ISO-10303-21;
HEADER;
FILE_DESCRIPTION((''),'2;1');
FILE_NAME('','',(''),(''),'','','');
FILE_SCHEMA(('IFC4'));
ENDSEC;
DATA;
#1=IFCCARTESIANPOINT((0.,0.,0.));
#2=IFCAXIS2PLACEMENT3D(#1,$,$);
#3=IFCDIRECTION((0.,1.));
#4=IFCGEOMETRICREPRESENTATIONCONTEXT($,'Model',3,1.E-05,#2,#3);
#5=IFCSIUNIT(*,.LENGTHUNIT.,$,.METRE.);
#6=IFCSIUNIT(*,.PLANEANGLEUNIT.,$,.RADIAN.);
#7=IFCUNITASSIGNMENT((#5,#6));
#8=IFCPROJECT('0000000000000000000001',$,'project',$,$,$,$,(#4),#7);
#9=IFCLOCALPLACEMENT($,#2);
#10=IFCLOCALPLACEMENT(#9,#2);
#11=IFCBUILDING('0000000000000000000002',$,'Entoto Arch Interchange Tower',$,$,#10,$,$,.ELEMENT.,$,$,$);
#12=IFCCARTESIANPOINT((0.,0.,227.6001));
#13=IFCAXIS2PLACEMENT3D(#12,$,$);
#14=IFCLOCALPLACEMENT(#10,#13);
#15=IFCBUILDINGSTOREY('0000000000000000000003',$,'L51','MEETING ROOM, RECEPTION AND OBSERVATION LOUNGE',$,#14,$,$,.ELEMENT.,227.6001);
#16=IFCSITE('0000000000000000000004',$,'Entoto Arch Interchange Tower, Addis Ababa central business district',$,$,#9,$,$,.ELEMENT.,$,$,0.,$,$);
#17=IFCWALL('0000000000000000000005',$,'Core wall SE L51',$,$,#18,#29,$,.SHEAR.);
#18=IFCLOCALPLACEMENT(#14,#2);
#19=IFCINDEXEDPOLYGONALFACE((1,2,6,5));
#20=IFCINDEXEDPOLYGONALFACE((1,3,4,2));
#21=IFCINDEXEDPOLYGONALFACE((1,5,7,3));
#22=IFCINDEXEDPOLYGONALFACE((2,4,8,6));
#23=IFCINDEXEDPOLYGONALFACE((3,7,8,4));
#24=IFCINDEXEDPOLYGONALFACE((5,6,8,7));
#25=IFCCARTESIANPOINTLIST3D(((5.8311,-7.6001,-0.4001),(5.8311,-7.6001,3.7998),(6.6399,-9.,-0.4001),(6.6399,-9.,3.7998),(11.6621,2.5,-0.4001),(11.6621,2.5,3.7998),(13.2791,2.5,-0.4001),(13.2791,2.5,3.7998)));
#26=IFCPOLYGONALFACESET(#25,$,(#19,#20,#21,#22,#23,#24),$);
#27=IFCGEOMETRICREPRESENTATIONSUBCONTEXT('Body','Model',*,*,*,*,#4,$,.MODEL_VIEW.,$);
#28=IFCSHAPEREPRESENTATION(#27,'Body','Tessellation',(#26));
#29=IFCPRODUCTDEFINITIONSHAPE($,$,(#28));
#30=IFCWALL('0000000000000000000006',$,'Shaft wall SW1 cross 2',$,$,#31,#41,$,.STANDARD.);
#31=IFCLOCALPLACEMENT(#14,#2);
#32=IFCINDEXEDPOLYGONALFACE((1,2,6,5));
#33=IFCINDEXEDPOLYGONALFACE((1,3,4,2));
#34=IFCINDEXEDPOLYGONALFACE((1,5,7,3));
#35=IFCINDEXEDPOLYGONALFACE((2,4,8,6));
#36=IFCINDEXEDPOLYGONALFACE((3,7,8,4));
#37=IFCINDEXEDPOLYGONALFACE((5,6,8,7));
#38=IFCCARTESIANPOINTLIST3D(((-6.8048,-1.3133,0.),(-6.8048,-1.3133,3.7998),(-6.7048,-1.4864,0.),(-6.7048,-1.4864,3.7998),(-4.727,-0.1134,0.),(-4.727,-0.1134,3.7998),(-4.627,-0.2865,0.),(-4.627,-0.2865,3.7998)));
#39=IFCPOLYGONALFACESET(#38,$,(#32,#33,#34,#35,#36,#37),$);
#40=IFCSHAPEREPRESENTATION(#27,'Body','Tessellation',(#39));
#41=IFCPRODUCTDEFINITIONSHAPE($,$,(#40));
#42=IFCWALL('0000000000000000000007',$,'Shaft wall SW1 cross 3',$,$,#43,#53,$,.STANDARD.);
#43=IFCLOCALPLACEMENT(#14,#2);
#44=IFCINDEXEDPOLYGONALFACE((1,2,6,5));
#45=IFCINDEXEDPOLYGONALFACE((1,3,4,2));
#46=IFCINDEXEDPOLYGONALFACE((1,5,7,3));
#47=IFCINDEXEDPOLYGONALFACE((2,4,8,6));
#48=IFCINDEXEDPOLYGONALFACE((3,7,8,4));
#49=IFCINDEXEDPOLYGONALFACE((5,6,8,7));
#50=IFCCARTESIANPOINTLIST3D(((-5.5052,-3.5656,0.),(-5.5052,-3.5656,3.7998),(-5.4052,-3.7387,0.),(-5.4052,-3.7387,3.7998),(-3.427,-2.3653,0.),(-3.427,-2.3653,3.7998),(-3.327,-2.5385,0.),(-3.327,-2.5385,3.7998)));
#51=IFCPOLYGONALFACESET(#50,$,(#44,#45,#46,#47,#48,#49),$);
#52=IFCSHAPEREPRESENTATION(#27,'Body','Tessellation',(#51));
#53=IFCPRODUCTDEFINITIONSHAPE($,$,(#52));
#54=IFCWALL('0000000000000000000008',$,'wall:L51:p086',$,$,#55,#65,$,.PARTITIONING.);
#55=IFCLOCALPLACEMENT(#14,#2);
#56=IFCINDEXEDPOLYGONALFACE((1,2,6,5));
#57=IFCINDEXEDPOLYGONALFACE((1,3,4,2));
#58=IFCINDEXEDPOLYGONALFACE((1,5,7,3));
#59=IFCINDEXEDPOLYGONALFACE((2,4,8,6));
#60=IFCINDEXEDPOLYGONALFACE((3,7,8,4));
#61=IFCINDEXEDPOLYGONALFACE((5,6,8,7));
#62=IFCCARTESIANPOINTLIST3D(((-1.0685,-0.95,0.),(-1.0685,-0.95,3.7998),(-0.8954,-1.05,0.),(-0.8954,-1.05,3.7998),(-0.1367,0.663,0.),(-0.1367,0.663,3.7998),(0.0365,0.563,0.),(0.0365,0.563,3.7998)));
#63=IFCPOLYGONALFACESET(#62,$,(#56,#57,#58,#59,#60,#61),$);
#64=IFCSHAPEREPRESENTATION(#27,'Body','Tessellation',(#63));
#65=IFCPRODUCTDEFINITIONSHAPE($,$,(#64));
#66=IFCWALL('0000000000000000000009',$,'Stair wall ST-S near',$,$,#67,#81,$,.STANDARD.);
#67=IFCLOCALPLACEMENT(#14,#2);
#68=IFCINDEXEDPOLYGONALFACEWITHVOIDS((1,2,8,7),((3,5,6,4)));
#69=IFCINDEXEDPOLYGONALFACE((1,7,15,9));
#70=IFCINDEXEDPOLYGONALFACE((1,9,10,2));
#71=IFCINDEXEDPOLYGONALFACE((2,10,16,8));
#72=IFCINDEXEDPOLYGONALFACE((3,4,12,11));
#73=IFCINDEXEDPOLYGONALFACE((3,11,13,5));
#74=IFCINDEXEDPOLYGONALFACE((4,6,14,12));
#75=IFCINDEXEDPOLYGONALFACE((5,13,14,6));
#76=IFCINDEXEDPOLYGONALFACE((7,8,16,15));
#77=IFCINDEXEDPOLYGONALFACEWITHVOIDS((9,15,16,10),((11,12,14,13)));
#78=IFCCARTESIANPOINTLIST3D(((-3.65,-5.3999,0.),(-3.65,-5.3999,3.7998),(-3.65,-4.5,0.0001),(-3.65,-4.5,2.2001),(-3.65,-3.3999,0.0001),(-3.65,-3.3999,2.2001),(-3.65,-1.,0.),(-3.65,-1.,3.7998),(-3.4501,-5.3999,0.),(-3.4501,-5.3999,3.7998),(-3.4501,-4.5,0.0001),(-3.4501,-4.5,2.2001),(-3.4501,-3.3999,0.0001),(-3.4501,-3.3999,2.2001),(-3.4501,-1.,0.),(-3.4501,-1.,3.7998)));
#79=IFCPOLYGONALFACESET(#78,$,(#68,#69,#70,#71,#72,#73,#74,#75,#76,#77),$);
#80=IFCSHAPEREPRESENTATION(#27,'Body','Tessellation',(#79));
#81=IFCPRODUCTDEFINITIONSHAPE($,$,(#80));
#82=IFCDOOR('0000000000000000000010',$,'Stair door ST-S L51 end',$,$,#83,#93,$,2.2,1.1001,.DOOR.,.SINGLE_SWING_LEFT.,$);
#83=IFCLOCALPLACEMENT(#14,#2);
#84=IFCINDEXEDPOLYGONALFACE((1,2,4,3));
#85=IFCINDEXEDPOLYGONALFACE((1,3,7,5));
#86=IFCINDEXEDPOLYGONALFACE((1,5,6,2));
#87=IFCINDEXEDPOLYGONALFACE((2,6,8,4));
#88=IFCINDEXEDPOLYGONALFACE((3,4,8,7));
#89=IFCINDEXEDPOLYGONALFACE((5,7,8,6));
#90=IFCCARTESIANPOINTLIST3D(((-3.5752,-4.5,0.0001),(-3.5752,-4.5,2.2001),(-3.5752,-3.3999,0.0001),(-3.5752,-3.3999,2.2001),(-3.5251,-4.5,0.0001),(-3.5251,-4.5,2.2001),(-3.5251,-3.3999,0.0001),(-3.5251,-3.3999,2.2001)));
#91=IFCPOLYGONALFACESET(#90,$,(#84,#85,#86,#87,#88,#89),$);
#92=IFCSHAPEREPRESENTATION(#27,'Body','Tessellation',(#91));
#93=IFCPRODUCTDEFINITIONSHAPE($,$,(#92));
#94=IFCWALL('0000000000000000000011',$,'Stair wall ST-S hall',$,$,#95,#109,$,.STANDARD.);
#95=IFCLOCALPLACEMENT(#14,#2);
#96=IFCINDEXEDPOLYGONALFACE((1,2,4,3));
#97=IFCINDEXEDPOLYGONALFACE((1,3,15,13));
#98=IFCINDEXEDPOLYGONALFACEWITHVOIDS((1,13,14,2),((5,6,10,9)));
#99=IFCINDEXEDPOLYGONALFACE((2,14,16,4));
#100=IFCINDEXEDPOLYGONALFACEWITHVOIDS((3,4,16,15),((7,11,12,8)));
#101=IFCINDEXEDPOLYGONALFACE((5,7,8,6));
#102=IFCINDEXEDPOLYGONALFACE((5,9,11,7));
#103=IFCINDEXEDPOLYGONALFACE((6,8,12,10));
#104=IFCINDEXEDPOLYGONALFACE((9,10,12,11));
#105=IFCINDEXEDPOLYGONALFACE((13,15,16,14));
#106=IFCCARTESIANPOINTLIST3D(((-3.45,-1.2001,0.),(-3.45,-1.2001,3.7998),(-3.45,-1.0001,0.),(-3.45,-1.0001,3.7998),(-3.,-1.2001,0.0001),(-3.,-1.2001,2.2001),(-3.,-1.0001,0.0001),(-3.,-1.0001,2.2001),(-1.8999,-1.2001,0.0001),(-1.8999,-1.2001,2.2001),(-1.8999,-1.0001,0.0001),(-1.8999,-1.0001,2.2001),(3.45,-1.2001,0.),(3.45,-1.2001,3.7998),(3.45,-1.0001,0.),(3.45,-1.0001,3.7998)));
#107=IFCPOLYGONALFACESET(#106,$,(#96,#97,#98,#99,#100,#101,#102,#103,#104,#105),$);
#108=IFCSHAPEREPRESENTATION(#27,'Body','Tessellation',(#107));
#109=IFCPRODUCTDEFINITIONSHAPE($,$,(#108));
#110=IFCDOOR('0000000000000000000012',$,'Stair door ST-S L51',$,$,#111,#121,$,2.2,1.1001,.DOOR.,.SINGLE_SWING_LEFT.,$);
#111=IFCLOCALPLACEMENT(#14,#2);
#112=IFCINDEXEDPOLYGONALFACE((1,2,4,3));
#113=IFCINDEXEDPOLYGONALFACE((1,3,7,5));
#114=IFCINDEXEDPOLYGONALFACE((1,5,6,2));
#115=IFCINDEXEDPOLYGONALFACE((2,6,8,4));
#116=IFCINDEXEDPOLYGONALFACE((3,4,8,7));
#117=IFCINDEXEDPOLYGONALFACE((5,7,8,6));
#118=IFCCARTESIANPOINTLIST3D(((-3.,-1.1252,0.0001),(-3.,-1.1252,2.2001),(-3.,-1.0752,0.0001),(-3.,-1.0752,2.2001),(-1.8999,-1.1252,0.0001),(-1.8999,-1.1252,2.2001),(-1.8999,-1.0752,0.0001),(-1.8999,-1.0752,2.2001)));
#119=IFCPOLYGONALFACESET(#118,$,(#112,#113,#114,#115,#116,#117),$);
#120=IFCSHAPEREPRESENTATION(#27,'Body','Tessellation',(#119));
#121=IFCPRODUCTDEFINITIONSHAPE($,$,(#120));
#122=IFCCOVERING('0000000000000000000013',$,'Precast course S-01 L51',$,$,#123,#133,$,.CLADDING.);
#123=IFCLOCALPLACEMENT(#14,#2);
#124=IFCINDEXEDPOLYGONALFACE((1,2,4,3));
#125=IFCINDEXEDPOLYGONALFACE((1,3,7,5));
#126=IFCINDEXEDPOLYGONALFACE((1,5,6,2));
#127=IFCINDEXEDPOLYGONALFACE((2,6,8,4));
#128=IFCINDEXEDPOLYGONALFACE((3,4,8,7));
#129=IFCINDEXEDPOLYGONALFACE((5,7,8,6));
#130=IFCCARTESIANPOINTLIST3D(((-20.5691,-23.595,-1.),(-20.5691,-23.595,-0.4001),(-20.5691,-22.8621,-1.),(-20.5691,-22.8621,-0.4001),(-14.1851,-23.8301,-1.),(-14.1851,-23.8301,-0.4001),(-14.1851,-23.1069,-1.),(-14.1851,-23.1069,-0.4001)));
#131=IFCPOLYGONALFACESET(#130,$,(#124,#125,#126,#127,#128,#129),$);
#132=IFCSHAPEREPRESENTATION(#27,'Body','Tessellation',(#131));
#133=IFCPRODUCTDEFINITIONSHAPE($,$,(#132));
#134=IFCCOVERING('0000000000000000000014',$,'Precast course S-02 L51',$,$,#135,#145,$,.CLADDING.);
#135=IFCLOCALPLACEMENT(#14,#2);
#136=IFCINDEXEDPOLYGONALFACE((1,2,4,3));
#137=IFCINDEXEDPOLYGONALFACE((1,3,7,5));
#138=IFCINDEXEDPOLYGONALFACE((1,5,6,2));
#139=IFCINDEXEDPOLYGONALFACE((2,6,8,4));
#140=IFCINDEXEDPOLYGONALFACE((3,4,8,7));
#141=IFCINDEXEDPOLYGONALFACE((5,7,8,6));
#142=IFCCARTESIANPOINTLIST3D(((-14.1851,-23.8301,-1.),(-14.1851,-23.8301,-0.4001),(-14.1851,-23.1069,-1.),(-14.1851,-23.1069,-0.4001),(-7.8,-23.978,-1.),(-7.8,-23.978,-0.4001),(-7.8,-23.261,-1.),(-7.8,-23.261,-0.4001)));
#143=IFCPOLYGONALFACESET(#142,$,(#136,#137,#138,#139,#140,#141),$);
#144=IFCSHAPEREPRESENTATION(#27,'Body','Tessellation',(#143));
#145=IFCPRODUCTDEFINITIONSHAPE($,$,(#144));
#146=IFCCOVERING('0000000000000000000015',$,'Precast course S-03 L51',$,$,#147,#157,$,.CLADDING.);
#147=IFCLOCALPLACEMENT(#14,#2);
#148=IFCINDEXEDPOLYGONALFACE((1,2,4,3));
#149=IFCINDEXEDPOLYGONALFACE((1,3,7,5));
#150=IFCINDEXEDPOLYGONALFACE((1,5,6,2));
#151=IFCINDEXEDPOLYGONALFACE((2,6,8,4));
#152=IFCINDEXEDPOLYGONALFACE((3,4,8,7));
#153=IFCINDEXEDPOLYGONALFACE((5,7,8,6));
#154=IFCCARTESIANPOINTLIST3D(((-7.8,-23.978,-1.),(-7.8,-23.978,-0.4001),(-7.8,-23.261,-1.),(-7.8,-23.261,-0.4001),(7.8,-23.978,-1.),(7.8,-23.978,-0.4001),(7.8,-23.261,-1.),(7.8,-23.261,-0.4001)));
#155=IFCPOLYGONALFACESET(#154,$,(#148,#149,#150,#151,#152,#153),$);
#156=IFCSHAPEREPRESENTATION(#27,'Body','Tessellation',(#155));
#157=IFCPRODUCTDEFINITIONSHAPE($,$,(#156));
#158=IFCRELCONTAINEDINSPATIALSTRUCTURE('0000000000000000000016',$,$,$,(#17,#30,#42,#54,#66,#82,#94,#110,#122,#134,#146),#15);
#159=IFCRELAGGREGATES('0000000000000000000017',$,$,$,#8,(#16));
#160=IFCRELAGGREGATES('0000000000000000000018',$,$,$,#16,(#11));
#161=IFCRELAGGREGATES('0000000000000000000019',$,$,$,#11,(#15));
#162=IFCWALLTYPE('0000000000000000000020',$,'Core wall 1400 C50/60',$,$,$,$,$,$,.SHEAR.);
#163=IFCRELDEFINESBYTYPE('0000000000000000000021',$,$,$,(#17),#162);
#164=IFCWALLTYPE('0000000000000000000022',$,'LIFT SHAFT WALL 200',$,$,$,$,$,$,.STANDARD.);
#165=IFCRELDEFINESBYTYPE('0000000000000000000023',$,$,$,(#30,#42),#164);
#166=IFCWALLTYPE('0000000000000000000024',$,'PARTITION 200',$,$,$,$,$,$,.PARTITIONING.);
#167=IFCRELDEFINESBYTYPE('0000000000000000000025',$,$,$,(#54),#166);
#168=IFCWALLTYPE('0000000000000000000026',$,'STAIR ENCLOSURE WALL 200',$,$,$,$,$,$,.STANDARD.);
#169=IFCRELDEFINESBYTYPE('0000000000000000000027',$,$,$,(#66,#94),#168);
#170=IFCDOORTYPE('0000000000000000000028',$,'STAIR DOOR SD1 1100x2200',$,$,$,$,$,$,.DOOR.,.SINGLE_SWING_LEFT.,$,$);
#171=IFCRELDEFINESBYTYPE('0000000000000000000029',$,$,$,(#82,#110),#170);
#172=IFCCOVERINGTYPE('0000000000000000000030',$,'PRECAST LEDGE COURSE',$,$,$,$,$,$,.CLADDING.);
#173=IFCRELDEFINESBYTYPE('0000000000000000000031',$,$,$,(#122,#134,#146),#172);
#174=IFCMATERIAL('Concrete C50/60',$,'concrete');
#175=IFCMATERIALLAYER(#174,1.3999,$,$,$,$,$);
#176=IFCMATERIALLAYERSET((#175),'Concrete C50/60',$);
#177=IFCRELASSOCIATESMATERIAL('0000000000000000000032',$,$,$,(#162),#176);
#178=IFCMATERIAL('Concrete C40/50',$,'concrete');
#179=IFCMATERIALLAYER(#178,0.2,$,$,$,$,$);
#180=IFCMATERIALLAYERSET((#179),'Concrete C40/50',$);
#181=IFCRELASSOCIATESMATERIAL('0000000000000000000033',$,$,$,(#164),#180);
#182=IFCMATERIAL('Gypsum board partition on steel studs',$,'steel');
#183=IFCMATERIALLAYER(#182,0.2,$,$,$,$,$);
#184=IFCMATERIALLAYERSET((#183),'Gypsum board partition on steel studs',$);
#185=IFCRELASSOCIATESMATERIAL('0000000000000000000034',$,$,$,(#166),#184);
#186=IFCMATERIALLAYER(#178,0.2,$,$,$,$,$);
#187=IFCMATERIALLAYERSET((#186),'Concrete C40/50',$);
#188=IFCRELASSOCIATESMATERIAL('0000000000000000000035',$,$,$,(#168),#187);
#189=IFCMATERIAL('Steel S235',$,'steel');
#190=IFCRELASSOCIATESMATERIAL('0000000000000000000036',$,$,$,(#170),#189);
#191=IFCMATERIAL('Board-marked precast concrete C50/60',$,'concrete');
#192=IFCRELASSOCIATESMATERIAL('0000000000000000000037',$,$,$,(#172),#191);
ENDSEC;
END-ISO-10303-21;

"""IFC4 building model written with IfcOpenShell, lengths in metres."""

from ifc_helpers import new_model, si_unit, direction, frame, frame_2d, origin, place, context, subcontext, project, spatial, polyline, rectangle, outline, extrude, material, layer, layer_set, type_object, element, fill, save


model = new_model("IFC4")

# Units and contexts
model_context = context("Model", 3, precision=1e-05, world=origin(), true_north=direction((0.0, 1.0)))
body_context = subcontext(model_context, "Body", "Model", "MODEL_VIEW")
ifc_project = project(units=[si_unit("LENGTHUNIT", "METRE"), si_unit("PLANEANGLEUNIT", "RADIAN")], contexts=[model_context])

# Site, building, storey
site_placement = place(None, origin())
site = spatial("IfcSite", under=ifc_project, at=site_placement, Name="Entoto Arch Interchange Tower, Addis Ababa central business district", CompositionType="ELEMENT", RefElevation=0.0)
building_placement = place(site_placement, origin())
building = spatial("IfcBuilding", under=site, at=building_placement, Name="Entoto Arch Interchange Tower", CompositionType="ELEMENT")
storey_placement = place(building_placement, frame((0.0, 0.0, 227.6001)))
storey = spatial("IfcBuildingStorey", under=building, at=storey_placement, Name="L51", Description="MEETING ROOM, RECEPTION AND OBSERVATION LOUNGE", CompositionType="ELEMENT", Elevation=227.6001)

# Shared definitions
ifc_material_1 = material(Name="Concrete C40/50", Category="concrete")

# Walls
ifc_material_2 = material(Name="Concrete C50/60", Category="concrete")
ifc_layer_1 = layer(ifc_material_2, 1.3999)
ifc_layer_set_1 = layer_set([ifc_layer_1], Name="Concrete C50/60")
wall_type_1 = type_object("IfcWallType", Name="Core wall 1400 C50/60", PredefinedType="SHEAR", material=ifc_layer_set_1)
wall_1_placement = place(storey_placement, frame((0.0, 0.0, -0.4001)))
element("IfcWall", 1, at=wall_1_placement, inside=storey, type_object=wall_type_1, Name="Core wall SE L51", PredefinedType="SHEAR", context=body_context, shape_type="SweptSolid", body=[
    extrude(outline(polyline([(6.6399, -9.0), (13.2791, 2.5), (11.6621, 2.5), (5.8311, -7.6001), (6.6399, -9.0)])), origin(), (0.0, 0.0, 1.0), 4.2),
])
ifc_layer_2 = layer(ifc_material_1, 0.2)
ifc_layer_set_2 = layer_set([ifc_layer_2], Name="Concrete C40/50")
wall_type_2 = type_object("IfcWallType", Name="LIFT SHAFT WALL 200", PredefinedType="STANDARD", material=ifc_layer_set_2)
wall_2_placement = place(storey_placement, frame((-4.677, -0.2, 0.0), z_axis=(0.0, 0.0, 1.0), x_axis=(-0.865974, -0.500089, 0.0)))
element("IfcWall", 2, at=wall_2_placement, inside=storey, type_object=wall_type_2, Name="Shaft wall SW1 cross 2", PredefinedType="STANDARD", context=body_context, shape_type="SweptSolid", body=[
    extrude(rectangle(XDim=2.3994, YDim=0.2, at=frame_2d((1.1997, 0.0))), origin(), (0.0, 0.0, 1.0), 3.7998),
])
wall_3_placement = place(storey_placement, frame((-3.377, -2.4519, 0.0), z_axis=(0.0, 0.0, 1.0), x_axis=(-0.865955, -0.500122, 0.0)))
element("IfcWall", 3, at=wall_3_placement, inside=storey, type_object=wall_type_2, Name="Shaft wall SW1 cross 3", PredefinedType="STANDARD", context=body_context, shape_type="SweptSolid", body=[
    extrude(rectangle(XDim=2.3999, YDim=0.2, at=frame_2d((1.2, 0.0))), origin(), (0.0, 0.0, 1.0), 3.7998),
])
ifc_material_3 = material(Name="Gypsum board partition on steel studs", Category="steel")
ifc_layer_3 = layer(ifc_material_3, 0.2)
ifc_layer_set_3 = layer_set([ifc_layer_3], Name="Gypsum board partition on steel studs")
wall_type_3 = type_object("IfcWallType", Name="PARTITION 200", PredefinedType="PARTITIONING", material=ifc_layer_set_3)
wall_4_placement = place(storey_placement, frame((-0.9819, -1.0, 0.0), z_axis=(0.0, 0.0, 1.0), x_axis=(0.50024, 0.865887, 0.0)))
element("IfcWall", 4, at=wall_4_placement, inside=storey, type_object=wall_type_3, Name="wall:L51:p086", PredefinedType="PARTITIONING", context=body_context, shape_type="SweptSolid", body=[
    extrude(rectangle(XDim=1.8628, YDim=0.2, at=frame_2d((0.9314, 0.0))), origin(), (0.0, 0.0, 1.0), 3.7998),
])

# Walls, openings, doors
ifc_layer_4 = layer(ifc_material_1, 0.2)
ifc_layer_set_4 = layer_set([ifc_layer_4], Name="Concrete C40/50")
wall_type_4 = type_object("IfcWallType", Name="STAIR ENCLOSURE WALL 200", PredefinedType="STANDARD", material=ifc_layer_set_4)
wall_5_placement = place(storey_placement, frame((-3.55, -1.0, 0.0), z_axis=(0.0, 0.0, 1.0), x_axis=(0.0, -1.0, 0.0)))
wall_5 = element("IfcWall", 5, at=wall_5_placement, inside=storey, type_object=wall_type_4, Name="Stair wall ST-S near", PredefinedType="STANDARD", context=body_context, shape_type="SweptSolid", body=[
    extrude(rectangle(XDim=4.3999, YDim=0.2, at=frame_2d((2.2, 0.0))), origin(), (0.0, 0.0, 1.0), 3.7998),
])
opening_1_placement = place(wall_5_placement, frame((2.3999, 0.0, 0.0)))
opening_1 = element("IfcOpeningElement", 6, at=opening_1_placement, cuts=wall_5, PredefinedType="OPENING", context=body_context, shape_type="SweptSolid", body=[
    extrude(rectangle(XDim=1.1001, YDim=2.2, at=frame_2d((0.55, 1.1001))), frame((0.0, 0.1099, 0.0), z_axis=(0.0, -1.0, 0.0), x_axis=(1.0, 0.0, 0.0)), (0.0, 0.0, 1.0), 0.22),
])
ifc_material_4 = material(Name="Steel S235", Category="steel")
door_type = type_object("IfcDoorType", Name="STAIR DOOR SD1 1100x2200", OperationType="SINGLE_SWING_LEFT", PredefinedType="DOOR", material=ifc_material_4)
door_1_placement = place(opening_1_placement, origin())
door_1 = element("IfcDoor", 7, at=door_1_placement, inside=storey, type_object=door_type, Name="Stair door ST-S L51 end", OperationType="SINGLE_SWING_LEFT", OverallHeight=2.2, OverallWidth=1.1001, PredefinedType="DOOR", context=body_context, shape_type="SweptSolid", body=[
    extrude(rectangle(XDim=1.1001, YDim=2.2, at=frame_2d((0.55, 1.1001))), frame((0.0, 0.0249, 0.0), z_axis=(0.0, -1.0, 0.0), x_axis=(1.0, 0.0, 0.0)), (0.0, 0.0, 1.0), 0.05),
])
fill(opening_1, door_1)
wall_6_placement = place(storey_placement, frame((-3.45, -1.1001, 0.0), z_axis=(0.0, 0.0, 1.0), x_axis=(1.0, 0.0, 0.0)))
wall_6 = element("IfcWall", 8, at=wall_6_placement, inside=storey, type_object=wall_type_4, Name="Stair wall ST-S hall", PredefinedType="STANDARD", context=body_context, shape_type="SweptSolid", body=[
    extrude(rectangle(XDim=6.8999, YDim=0.2, at=frame_2d((3.45, 0.0))), origin(), (0.0, 0.0, 1.0), 3.7998),
])
opening_2_placement = place(wall_6_placement, frame((0.45, 0.0, 0.0)))
opening_2 = element("IfcOpeningElement", 9, at=opening_2_placement, cuts=wall_6, PredefinedType="OPENING", context=body_context, shape_type="SweptSolid", body=[
    extrude(rectangle(XDim=1.1001, YDim=2.2, at=frame_2d((0.55, 1.1001))), frame((0.0, 0.1099, 0.0), z_axis=(0.0, -1.0, 0.0), x_axis=(1.0, 0.0, 0.0)), (0.0, 0.0, 1.0), 0.22),
])
door_2_placement = place(opening_2_placement, origin())
door_2 = element("IfcDoor", 10, at=door_2_placement, inside=storey, type_object=door_type, Name="Stair door ST-S L51", OperationType="SINGLE_SWING_LEFT", OverallHeight=2.2, OverallWidth=1.1001, PredefinedType="DOOR", context=body_context, shape_type="SweptSolid", body=[
    extrude(rectangle(XDim=1.1001, YDim=2.2, at=frame_2d((0.55, 1.1001))), frame((0.0, 0.0249, 0.0), z_axis=(0.0, -1.0, 0.0), x_axis=(1.0, 0.0, 0.0)), (0.0, 0.0, 1.0), 0.05),
])
fill(opening_2, door_2)

# Coverings
ifc_material_5 = material(Name="Board-marked precast concrete C50/60", Category="concrete")
covering_type = type_object("IfcCoveringType", Name="PRECAST LEDGE COURSE", PredefinedType="CLADDING", material=ifc_material_5)
covering_1_placement = place(storey_placement, frame((0.0, 0.0, -1.0)))
element("IfcCovering", 11, at=covering_1_placement, inside=storey, type_object=covering_type, Name="Precast course S-01 L51", PredefinedType="CLADDING", context=body_context, shape_type="SweptSolid", body=[
    extrude(outline(polyline([(-14.1851, -23.1069), (-14.1851, -23.8301), (-20.5691, -23.595), (-20.5691, -22.8621), (-14.1851, -23.1069)])), origin(), (0.0, 0.0, 1.0), 0.5999),
])
covering_2_placement = place(storey_placement, frame((0.0, 0.0, -1.0)))
element("IfcCovering", 12, at=covering_2_placement, inside=storey, type_object=covering_type, Name="Precast course S-02 L51", PredefinedType="CLADDING", context=body_context, shape_type="SweptSolid", body=[
    extrude(outline(polyline([(-7.8, -23.261), (-7.8, -23.978), (-14.1851, -23.8301), (-14.1851, -23.1069), (-7.8, -23.261)])), origin(), (0.0, 0.0, 1.0), 0.5999),
])
covering_3_placement = place(storey_placement, frame((0.0, 0.0, -1.0)))
element("IfcCovering", 13, at=covering_3_placement, inside=storey, type_object=covering_type, Name="Precast course S-03 L51", PredefinedType="CLADDING", context=body_context, shape_type="SweptSolid", body=[
    extrude(outline(polyline([(7.8, -23.261), (7.8, -23.978), (-7.8, -23.978), (-7.8, -23.261), (7.8, -23.261)])), origin(), (0.0, 0.0, 1.0), 0.5999),
])

save(model, "model.ifc")
